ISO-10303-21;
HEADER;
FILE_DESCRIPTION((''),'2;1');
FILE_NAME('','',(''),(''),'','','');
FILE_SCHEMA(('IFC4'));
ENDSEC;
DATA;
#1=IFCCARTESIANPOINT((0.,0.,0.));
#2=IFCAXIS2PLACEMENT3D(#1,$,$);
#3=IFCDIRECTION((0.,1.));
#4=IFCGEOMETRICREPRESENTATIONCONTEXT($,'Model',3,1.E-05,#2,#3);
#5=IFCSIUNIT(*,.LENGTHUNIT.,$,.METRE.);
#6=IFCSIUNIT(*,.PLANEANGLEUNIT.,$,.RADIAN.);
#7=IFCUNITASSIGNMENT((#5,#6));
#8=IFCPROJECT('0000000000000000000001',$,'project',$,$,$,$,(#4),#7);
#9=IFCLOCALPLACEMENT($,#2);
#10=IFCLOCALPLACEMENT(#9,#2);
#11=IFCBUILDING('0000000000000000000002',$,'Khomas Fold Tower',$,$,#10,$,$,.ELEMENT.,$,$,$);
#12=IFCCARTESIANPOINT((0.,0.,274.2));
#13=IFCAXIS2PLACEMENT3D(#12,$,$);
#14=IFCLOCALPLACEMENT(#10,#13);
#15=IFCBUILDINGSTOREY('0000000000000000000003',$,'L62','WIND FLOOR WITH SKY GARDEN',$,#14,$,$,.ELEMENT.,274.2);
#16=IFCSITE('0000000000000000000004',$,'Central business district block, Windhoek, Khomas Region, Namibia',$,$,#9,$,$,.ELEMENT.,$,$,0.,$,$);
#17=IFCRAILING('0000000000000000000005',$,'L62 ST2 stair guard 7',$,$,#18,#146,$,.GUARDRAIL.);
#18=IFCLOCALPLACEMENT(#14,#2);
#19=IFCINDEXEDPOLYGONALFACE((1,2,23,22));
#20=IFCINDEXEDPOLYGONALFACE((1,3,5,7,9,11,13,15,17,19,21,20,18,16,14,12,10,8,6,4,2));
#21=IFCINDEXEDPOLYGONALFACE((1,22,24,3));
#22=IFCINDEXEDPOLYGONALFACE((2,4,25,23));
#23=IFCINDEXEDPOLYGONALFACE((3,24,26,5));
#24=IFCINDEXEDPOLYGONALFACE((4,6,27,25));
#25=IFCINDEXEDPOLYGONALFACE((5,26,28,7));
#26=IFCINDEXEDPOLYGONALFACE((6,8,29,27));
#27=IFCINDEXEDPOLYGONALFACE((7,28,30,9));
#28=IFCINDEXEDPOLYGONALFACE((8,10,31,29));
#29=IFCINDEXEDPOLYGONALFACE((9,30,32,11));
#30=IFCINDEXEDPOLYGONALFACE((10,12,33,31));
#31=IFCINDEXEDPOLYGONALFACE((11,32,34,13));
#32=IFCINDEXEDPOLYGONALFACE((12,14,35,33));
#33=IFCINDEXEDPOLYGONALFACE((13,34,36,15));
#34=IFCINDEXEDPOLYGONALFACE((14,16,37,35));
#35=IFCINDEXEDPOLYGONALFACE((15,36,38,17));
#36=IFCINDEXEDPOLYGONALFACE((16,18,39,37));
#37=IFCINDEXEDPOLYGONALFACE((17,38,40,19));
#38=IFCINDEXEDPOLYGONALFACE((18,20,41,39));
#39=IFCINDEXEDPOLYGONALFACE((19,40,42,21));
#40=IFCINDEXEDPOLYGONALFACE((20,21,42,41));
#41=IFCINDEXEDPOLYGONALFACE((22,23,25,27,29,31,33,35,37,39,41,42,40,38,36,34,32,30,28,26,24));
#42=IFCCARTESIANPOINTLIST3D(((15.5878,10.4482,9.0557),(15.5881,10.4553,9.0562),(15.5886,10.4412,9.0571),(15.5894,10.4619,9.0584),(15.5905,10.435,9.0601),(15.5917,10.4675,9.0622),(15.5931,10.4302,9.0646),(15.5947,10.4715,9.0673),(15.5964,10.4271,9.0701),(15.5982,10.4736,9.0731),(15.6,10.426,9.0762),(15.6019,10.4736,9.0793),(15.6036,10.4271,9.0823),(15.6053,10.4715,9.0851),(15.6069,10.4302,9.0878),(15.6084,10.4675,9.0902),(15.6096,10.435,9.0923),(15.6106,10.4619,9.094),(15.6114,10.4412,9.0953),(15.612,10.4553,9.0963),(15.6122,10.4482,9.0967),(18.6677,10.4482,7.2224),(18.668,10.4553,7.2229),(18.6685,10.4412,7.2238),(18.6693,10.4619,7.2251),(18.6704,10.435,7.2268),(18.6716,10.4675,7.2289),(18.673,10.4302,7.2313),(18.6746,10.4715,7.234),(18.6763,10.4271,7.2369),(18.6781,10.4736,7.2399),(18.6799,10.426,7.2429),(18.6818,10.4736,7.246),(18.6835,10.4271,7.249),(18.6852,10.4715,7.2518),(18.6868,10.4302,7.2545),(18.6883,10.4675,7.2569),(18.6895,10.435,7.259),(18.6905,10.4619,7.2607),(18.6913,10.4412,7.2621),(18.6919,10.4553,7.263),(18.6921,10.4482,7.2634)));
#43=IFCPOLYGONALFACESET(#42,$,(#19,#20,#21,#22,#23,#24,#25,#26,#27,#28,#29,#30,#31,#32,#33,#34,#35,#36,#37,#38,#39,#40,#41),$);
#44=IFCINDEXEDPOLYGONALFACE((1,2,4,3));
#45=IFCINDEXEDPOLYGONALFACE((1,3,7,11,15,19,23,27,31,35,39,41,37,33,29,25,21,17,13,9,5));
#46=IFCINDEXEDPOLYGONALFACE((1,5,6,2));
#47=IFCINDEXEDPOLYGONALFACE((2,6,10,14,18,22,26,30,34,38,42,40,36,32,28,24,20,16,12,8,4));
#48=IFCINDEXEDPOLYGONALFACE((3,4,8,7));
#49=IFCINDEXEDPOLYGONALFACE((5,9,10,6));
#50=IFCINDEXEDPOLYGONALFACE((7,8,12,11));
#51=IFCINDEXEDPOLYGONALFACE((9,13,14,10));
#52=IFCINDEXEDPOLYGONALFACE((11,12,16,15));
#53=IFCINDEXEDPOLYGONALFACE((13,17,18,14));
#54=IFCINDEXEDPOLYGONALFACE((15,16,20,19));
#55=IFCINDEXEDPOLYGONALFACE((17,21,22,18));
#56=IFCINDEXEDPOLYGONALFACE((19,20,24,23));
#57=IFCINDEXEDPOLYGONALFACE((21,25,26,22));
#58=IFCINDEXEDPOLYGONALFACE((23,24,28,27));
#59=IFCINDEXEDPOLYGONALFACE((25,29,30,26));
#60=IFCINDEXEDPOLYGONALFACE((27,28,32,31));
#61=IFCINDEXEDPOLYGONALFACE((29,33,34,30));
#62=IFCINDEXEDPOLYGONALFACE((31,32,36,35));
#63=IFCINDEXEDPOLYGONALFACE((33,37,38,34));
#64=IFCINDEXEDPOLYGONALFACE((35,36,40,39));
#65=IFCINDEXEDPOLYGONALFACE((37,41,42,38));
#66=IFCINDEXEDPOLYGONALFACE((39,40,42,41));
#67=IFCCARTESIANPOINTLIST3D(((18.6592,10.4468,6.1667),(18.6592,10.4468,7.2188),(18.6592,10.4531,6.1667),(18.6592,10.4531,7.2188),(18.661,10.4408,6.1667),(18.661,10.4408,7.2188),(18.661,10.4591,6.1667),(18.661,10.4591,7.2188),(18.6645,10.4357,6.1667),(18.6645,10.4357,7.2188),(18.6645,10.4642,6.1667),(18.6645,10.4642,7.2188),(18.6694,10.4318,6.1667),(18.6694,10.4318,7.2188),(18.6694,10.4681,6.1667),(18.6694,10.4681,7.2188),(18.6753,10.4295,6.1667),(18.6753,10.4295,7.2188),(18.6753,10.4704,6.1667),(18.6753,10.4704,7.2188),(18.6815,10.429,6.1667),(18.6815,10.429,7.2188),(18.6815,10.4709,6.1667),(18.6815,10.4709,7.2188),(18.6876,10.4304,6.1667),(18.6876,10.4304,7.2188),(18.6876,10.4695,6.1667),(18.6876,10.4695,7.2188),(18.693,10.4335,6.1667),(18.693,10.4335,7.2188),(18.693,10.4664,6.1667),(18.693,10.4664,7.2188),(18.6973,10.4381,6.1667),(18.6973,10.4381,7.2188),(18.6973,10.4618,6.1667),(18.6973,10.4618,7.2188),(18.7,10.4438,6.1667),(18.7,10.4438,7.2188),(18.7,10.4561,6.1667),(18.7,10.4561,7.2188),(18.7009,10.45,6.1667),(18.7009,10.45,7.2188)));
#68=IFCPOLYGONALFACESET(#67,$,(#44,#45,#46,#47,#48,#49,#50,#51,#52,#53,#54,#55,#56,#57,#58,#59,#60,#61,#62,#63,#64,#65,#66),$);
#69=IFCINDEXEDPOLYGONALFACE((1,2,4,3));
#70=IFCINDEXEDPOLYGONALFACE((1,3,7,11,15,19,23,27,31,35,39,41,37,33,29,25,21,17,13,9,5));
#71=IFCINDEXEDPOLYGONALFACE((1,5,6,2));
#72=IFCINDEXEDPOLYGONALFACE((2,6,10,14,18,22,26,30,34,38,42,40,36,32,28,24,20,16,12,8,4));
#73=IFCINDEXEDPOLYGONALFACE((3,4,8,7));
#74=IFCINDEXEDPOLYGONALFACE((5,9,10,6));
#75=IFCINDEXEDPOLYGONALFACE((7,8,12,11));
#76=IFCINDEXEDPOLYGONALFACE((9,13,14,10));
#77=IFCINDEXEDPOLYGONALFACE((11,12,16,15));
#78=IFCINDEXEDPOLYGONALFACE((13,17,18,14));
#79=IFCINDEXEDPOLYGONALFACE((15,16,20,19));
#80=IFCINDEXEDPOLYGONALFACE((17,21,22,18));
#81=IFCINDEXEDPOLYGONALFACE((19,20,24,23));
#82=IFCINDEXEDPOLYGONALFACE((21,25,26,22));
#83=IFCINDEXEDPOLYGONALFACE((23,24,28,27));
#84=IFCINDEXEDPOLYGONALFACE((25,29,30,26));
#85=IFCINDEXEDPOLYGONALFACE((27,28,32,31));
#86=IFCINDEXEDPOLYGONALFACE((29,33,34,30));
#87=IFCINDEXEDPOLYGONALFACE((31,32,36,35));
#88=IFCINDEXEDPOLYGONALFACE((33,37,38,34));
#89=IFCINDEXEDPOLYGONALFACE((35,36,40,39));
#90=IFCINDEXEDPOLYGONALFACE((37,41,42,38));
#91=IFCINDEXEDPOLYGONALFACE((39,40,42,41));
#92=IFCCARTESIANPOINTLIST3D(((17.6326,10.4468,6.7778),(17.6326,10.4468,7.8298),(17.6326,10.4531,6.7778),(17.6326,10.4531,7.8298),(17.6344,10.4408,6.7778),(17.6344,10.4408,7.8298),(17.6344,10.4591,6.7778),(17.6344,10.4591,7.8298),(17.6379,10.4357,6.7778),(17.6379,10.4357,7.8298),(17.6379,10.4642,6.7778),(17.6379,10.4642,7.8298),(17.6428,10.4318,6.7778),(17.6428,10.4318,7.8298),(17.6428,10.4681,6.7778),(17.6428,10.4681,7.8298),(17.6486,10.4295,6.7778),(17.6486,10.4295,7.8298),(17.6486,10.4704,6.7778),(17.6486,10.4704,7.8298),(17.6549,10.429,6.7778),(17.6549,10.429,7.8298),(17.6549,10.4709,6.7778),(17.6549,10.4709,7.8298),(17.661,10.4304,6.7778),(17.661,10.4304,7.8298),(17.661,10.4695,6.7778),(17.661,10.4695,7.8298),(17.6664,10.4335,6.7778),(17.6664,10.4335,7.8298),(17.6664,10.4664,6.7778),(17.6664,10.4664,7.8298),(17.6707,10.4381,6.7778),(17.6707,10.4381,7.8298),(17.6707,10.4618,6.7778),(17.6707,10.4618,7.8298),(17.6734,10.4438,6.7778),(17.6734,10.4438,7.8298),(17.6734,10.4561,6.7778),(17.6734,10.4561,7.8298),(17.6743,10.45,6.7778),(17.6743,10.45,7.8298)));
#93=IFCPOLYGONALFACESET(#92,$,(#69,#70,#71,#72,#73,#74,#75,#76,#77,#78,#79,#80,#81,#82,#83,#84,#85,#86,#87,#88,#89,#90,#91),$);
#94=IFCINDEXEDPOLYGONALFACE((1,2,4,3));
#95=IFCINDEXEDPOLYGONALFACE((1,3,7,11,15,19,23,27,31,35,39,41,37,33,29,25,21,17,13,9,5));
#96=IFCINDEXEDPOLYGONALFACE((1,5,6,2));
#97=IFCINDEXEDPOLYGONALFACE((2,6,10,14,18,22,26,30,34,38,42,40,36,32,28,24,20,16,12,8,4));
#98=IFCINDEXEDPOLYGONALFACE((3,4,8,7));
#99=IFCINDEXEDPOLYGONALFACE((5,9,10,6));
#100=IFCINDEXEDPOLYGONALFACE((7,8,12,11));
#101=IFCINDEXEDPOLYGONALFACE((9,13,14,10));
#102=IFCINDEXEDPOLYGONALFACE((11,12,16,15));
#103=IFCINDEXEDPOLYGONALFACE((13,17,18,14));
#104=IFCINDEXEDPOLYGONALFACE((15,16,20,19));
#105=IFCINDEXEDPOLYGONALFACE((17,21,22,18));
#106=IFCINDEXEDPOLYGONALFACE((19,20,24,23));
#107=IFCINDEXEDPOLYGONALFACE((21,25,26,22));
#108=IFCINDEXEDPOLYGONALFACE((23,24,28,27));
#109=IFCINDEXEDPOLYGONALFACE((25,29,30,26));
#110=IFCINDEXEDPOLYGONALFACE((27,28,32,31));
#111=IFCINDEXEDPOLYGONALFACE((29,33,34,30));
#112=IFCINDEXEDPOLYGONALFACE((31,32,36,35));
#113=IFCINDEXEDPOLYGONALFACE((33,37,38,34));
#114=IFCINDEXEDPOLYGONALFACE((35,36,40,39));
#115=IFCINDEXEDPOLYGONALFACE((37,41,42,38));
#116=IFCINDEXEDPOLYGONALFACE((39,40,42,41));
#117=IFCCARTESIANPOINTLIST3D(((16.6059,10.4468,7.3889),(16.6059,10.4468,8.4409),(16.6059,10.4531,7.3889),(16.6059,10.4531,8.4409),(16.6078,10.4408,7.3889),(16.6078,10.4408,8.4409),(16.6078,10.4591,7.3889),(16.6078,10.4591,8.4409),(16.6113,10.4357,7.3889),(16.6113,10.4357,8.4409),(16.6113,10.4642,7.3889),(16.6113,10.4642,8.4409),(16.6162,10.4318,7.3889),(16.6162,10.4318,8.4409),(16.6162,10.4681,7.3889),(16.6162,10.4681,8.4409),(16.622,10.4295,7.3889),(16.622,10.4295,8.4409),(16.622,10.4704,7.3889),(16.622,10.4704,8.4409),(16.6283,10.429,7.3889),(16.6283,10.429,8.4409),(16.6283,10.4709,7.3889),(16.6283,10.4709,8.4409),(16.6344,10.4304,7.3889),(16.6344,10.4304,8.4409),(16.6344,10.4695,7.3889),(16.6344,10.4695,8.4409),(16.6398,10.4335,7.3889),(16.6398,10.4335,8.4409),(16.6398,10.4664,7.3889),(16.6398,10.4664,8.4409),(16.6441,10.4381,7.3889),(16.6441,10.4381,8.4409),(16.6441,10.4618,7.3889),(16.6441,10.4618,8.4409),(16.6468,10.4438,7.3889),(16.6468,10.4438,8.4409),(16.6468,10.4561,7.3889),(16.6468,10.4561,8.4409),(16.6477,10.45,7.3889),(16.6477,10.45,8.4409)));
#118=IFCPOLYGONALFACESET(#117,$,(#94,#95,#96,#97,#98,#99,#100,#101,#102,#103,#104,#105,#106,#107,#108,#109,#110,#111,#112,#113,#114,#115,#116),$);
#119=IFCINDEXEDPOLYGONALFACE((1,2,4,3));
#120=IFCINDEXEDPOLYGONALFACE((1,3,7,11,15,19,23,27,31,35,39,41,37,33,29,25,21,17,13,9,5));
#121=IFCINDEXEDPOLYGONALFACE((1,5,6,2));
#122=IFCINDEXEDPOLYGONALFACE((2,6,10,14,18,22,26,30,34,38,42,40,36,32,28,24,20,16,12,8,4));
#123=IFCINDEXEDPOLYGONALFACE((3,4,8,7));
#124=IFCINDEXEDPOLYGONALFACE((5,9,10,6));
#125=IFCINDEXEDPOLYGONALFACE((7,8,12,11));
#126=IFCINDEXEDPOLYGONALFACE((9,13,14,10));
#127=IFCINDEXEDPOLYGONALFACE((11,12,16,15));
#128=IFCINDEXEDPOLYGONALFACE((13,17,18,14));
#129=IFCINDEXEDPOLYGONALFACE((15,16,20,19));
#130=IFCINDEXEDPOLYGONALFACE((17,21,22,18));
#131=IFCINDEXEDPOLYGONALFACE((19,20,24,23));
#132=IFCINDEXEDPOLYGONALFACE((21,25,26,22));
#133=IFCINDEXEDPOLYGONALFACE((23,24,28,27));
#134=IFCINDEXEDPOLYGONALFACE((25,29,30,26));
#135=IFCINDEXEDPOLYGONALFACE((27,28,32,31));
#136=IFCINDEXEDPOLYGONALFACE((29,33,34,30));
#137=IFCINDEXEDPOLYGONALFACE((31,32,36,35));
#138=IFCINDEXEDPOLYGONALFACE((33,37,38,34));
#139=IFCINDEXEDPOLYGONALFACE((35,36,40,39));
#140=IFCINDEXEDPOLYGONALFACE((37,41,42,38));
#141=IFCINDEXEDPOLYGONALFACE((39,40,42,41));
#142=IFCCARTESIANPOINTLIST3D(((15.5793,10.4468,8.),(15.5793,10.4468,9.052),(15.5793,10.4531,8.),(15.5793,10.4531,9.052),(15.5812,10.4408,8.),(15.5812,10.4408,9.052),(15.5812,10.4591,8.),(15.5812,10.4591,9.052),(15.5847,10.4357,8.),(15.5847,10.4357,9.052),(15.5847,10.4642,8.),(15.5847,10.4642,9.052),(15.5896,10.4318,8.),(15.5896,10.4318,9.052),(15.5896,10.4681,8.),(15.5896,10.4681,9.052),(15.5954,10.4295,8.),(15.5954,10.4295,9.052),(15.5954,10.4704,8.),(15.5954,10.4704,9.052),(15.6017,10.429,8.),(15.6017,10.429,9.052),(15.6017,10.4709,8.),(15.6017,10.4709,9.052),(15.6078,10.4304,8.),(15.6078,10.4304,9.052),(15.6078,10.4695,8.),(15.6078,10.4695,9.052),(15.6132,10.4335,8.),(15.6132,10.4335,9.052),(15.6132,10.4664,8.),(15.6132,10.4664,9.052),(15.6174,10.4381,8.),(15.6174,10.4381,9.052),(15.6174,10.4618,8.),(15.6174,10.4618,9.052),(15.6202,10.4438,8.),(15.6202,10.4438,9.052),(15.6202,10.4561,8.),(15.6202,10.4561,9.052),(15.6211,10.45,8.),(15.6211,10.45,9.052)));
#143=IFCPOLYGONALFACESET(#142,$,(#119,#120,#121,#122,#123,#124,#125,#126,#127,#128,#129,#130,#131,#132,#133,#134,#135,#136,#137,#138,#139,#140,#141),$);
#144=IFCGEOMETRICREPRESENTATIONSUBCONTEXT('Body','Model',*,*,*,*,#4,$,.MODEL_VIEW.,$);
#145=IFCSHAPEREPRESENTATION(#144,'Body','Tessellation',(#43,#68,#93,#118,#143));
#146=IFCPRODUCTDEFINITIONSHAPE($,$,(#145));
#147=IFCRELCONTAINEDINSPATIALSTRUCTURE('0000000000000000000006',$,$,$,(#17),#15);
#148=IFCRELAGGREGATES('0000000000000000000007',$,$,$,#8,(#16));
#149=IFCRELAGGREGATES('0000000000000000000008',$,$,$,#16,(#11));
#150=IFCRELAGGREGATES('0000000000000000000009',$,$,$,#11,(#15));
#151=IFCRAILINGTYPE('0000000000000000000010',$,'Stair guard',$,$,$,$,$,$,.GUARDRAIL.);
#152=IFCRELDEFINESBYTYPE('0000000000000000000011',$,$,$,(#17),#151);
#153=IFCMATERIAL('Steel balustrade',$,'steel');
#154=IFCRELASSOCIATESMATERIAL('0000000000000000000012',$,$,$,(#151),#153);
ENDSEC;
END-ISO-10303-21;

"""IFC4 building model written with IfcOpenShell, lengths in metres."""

from ifc_helpers import new_model, si_unit, direction, frame, origin, origin_2d, place, context, subcontext, project, spatial, circle, extrude, source, transform, mapped, material, type_object, element, save


model = new_model("IFC4")

# Units and contexts
model_context = context("Model", 3, precision=1e-05, world=origin(), true_north=direction((0.0, 1.0)))
body_context = subcontext(model_context, "Body", "Model", "MODEL_VIEW")
ifc_project = project(units=[si_unit("LENGTHUNIT", "METRE"), si_unit("PLANEANGLEUNIT", "RADIAN")], contexts=[model_context])

# Site, building, storey
site_placement = place(None, origin())
site = spatial("IfcSite", under=ifc_project, at=site_placement, Name="Central business district block, Windhoek, Khomas Region, Namibia", CompositionType="ELEMENT", RefElevation=0.0)
building_placement = place(site_placement, origin())
building = spatial("IfcBuilding", under=site, at=building_placement, Name="Khomas Fold Tower", CompositionType="ELEMENT")
storey_placement = place(building_placement, frame((0.0, 0.0, 274.2)))
storey = spatial("IfcBuildingStorey", under=building, at=storey_placement, Name="L62", Description="WIND FLOOR WITH SKY GARDEN", CompositionType="ELEMENT", Elevation=274.2)

# Railing
ifc_material_1 = material(Name="Steel balustrade", Category="steel")
railing_type_1 = type_object("IfcRailingType", Name="Stair guard", PredefinedType="GUARDRAIL", material=ifc_material_1)
shared_shape_1 = source(origin(), body_context, "Body", "SweptSolid", [
    extrude(circle(Radius=0.0239, at=origin_2d()), frame((0.0, 0.0, 1.0762), z_axis=(-0.859291, 0.0, 0.511487), x_axis=(0.0, -1.0, 0.0)), (0.0, 0.0, 1.0), 3.5842),
    extrude(circle(Radius=0.021, at=origin_2d()), origin(), (0.0, 0.0, 1.0), 1.052),
    extrude(circle(Radius=0.021, at=origin_2d()), frame((-1.0266, 0.0, 0.6111)), (0.0, 0.0, 1.0), 1.052),
    extrude(circle(Radius=0.021, at=origin_2d()), frame((-2.0532, 0.0, 1.2222)), (0.0, 0.0, 1.0), 1.052),
    extrude(circle(Radius=0.021, at=origin_2d()), frame((-3.0798, 0.0, 1.8333)), (0.0, 0.0, 1.0), 1.052),
])
for number, where, name in (
    (1, (18.6799, 10.45, 6.1667), "L62 ST2 stair guard 7"),
):
    element("IfcRailing", number, at=place(storey_placement, frame(where)), inside=storey, type_object=railing_type_1, Name=name, PredefinedType="GUARDRAIL", context=body_context, shape_type="MappedRepresentation", body=[
        mapped(shared_shape_1, transform((0.0, 0.0, 0.0))),
    ])

save(model, "model.ifc")
